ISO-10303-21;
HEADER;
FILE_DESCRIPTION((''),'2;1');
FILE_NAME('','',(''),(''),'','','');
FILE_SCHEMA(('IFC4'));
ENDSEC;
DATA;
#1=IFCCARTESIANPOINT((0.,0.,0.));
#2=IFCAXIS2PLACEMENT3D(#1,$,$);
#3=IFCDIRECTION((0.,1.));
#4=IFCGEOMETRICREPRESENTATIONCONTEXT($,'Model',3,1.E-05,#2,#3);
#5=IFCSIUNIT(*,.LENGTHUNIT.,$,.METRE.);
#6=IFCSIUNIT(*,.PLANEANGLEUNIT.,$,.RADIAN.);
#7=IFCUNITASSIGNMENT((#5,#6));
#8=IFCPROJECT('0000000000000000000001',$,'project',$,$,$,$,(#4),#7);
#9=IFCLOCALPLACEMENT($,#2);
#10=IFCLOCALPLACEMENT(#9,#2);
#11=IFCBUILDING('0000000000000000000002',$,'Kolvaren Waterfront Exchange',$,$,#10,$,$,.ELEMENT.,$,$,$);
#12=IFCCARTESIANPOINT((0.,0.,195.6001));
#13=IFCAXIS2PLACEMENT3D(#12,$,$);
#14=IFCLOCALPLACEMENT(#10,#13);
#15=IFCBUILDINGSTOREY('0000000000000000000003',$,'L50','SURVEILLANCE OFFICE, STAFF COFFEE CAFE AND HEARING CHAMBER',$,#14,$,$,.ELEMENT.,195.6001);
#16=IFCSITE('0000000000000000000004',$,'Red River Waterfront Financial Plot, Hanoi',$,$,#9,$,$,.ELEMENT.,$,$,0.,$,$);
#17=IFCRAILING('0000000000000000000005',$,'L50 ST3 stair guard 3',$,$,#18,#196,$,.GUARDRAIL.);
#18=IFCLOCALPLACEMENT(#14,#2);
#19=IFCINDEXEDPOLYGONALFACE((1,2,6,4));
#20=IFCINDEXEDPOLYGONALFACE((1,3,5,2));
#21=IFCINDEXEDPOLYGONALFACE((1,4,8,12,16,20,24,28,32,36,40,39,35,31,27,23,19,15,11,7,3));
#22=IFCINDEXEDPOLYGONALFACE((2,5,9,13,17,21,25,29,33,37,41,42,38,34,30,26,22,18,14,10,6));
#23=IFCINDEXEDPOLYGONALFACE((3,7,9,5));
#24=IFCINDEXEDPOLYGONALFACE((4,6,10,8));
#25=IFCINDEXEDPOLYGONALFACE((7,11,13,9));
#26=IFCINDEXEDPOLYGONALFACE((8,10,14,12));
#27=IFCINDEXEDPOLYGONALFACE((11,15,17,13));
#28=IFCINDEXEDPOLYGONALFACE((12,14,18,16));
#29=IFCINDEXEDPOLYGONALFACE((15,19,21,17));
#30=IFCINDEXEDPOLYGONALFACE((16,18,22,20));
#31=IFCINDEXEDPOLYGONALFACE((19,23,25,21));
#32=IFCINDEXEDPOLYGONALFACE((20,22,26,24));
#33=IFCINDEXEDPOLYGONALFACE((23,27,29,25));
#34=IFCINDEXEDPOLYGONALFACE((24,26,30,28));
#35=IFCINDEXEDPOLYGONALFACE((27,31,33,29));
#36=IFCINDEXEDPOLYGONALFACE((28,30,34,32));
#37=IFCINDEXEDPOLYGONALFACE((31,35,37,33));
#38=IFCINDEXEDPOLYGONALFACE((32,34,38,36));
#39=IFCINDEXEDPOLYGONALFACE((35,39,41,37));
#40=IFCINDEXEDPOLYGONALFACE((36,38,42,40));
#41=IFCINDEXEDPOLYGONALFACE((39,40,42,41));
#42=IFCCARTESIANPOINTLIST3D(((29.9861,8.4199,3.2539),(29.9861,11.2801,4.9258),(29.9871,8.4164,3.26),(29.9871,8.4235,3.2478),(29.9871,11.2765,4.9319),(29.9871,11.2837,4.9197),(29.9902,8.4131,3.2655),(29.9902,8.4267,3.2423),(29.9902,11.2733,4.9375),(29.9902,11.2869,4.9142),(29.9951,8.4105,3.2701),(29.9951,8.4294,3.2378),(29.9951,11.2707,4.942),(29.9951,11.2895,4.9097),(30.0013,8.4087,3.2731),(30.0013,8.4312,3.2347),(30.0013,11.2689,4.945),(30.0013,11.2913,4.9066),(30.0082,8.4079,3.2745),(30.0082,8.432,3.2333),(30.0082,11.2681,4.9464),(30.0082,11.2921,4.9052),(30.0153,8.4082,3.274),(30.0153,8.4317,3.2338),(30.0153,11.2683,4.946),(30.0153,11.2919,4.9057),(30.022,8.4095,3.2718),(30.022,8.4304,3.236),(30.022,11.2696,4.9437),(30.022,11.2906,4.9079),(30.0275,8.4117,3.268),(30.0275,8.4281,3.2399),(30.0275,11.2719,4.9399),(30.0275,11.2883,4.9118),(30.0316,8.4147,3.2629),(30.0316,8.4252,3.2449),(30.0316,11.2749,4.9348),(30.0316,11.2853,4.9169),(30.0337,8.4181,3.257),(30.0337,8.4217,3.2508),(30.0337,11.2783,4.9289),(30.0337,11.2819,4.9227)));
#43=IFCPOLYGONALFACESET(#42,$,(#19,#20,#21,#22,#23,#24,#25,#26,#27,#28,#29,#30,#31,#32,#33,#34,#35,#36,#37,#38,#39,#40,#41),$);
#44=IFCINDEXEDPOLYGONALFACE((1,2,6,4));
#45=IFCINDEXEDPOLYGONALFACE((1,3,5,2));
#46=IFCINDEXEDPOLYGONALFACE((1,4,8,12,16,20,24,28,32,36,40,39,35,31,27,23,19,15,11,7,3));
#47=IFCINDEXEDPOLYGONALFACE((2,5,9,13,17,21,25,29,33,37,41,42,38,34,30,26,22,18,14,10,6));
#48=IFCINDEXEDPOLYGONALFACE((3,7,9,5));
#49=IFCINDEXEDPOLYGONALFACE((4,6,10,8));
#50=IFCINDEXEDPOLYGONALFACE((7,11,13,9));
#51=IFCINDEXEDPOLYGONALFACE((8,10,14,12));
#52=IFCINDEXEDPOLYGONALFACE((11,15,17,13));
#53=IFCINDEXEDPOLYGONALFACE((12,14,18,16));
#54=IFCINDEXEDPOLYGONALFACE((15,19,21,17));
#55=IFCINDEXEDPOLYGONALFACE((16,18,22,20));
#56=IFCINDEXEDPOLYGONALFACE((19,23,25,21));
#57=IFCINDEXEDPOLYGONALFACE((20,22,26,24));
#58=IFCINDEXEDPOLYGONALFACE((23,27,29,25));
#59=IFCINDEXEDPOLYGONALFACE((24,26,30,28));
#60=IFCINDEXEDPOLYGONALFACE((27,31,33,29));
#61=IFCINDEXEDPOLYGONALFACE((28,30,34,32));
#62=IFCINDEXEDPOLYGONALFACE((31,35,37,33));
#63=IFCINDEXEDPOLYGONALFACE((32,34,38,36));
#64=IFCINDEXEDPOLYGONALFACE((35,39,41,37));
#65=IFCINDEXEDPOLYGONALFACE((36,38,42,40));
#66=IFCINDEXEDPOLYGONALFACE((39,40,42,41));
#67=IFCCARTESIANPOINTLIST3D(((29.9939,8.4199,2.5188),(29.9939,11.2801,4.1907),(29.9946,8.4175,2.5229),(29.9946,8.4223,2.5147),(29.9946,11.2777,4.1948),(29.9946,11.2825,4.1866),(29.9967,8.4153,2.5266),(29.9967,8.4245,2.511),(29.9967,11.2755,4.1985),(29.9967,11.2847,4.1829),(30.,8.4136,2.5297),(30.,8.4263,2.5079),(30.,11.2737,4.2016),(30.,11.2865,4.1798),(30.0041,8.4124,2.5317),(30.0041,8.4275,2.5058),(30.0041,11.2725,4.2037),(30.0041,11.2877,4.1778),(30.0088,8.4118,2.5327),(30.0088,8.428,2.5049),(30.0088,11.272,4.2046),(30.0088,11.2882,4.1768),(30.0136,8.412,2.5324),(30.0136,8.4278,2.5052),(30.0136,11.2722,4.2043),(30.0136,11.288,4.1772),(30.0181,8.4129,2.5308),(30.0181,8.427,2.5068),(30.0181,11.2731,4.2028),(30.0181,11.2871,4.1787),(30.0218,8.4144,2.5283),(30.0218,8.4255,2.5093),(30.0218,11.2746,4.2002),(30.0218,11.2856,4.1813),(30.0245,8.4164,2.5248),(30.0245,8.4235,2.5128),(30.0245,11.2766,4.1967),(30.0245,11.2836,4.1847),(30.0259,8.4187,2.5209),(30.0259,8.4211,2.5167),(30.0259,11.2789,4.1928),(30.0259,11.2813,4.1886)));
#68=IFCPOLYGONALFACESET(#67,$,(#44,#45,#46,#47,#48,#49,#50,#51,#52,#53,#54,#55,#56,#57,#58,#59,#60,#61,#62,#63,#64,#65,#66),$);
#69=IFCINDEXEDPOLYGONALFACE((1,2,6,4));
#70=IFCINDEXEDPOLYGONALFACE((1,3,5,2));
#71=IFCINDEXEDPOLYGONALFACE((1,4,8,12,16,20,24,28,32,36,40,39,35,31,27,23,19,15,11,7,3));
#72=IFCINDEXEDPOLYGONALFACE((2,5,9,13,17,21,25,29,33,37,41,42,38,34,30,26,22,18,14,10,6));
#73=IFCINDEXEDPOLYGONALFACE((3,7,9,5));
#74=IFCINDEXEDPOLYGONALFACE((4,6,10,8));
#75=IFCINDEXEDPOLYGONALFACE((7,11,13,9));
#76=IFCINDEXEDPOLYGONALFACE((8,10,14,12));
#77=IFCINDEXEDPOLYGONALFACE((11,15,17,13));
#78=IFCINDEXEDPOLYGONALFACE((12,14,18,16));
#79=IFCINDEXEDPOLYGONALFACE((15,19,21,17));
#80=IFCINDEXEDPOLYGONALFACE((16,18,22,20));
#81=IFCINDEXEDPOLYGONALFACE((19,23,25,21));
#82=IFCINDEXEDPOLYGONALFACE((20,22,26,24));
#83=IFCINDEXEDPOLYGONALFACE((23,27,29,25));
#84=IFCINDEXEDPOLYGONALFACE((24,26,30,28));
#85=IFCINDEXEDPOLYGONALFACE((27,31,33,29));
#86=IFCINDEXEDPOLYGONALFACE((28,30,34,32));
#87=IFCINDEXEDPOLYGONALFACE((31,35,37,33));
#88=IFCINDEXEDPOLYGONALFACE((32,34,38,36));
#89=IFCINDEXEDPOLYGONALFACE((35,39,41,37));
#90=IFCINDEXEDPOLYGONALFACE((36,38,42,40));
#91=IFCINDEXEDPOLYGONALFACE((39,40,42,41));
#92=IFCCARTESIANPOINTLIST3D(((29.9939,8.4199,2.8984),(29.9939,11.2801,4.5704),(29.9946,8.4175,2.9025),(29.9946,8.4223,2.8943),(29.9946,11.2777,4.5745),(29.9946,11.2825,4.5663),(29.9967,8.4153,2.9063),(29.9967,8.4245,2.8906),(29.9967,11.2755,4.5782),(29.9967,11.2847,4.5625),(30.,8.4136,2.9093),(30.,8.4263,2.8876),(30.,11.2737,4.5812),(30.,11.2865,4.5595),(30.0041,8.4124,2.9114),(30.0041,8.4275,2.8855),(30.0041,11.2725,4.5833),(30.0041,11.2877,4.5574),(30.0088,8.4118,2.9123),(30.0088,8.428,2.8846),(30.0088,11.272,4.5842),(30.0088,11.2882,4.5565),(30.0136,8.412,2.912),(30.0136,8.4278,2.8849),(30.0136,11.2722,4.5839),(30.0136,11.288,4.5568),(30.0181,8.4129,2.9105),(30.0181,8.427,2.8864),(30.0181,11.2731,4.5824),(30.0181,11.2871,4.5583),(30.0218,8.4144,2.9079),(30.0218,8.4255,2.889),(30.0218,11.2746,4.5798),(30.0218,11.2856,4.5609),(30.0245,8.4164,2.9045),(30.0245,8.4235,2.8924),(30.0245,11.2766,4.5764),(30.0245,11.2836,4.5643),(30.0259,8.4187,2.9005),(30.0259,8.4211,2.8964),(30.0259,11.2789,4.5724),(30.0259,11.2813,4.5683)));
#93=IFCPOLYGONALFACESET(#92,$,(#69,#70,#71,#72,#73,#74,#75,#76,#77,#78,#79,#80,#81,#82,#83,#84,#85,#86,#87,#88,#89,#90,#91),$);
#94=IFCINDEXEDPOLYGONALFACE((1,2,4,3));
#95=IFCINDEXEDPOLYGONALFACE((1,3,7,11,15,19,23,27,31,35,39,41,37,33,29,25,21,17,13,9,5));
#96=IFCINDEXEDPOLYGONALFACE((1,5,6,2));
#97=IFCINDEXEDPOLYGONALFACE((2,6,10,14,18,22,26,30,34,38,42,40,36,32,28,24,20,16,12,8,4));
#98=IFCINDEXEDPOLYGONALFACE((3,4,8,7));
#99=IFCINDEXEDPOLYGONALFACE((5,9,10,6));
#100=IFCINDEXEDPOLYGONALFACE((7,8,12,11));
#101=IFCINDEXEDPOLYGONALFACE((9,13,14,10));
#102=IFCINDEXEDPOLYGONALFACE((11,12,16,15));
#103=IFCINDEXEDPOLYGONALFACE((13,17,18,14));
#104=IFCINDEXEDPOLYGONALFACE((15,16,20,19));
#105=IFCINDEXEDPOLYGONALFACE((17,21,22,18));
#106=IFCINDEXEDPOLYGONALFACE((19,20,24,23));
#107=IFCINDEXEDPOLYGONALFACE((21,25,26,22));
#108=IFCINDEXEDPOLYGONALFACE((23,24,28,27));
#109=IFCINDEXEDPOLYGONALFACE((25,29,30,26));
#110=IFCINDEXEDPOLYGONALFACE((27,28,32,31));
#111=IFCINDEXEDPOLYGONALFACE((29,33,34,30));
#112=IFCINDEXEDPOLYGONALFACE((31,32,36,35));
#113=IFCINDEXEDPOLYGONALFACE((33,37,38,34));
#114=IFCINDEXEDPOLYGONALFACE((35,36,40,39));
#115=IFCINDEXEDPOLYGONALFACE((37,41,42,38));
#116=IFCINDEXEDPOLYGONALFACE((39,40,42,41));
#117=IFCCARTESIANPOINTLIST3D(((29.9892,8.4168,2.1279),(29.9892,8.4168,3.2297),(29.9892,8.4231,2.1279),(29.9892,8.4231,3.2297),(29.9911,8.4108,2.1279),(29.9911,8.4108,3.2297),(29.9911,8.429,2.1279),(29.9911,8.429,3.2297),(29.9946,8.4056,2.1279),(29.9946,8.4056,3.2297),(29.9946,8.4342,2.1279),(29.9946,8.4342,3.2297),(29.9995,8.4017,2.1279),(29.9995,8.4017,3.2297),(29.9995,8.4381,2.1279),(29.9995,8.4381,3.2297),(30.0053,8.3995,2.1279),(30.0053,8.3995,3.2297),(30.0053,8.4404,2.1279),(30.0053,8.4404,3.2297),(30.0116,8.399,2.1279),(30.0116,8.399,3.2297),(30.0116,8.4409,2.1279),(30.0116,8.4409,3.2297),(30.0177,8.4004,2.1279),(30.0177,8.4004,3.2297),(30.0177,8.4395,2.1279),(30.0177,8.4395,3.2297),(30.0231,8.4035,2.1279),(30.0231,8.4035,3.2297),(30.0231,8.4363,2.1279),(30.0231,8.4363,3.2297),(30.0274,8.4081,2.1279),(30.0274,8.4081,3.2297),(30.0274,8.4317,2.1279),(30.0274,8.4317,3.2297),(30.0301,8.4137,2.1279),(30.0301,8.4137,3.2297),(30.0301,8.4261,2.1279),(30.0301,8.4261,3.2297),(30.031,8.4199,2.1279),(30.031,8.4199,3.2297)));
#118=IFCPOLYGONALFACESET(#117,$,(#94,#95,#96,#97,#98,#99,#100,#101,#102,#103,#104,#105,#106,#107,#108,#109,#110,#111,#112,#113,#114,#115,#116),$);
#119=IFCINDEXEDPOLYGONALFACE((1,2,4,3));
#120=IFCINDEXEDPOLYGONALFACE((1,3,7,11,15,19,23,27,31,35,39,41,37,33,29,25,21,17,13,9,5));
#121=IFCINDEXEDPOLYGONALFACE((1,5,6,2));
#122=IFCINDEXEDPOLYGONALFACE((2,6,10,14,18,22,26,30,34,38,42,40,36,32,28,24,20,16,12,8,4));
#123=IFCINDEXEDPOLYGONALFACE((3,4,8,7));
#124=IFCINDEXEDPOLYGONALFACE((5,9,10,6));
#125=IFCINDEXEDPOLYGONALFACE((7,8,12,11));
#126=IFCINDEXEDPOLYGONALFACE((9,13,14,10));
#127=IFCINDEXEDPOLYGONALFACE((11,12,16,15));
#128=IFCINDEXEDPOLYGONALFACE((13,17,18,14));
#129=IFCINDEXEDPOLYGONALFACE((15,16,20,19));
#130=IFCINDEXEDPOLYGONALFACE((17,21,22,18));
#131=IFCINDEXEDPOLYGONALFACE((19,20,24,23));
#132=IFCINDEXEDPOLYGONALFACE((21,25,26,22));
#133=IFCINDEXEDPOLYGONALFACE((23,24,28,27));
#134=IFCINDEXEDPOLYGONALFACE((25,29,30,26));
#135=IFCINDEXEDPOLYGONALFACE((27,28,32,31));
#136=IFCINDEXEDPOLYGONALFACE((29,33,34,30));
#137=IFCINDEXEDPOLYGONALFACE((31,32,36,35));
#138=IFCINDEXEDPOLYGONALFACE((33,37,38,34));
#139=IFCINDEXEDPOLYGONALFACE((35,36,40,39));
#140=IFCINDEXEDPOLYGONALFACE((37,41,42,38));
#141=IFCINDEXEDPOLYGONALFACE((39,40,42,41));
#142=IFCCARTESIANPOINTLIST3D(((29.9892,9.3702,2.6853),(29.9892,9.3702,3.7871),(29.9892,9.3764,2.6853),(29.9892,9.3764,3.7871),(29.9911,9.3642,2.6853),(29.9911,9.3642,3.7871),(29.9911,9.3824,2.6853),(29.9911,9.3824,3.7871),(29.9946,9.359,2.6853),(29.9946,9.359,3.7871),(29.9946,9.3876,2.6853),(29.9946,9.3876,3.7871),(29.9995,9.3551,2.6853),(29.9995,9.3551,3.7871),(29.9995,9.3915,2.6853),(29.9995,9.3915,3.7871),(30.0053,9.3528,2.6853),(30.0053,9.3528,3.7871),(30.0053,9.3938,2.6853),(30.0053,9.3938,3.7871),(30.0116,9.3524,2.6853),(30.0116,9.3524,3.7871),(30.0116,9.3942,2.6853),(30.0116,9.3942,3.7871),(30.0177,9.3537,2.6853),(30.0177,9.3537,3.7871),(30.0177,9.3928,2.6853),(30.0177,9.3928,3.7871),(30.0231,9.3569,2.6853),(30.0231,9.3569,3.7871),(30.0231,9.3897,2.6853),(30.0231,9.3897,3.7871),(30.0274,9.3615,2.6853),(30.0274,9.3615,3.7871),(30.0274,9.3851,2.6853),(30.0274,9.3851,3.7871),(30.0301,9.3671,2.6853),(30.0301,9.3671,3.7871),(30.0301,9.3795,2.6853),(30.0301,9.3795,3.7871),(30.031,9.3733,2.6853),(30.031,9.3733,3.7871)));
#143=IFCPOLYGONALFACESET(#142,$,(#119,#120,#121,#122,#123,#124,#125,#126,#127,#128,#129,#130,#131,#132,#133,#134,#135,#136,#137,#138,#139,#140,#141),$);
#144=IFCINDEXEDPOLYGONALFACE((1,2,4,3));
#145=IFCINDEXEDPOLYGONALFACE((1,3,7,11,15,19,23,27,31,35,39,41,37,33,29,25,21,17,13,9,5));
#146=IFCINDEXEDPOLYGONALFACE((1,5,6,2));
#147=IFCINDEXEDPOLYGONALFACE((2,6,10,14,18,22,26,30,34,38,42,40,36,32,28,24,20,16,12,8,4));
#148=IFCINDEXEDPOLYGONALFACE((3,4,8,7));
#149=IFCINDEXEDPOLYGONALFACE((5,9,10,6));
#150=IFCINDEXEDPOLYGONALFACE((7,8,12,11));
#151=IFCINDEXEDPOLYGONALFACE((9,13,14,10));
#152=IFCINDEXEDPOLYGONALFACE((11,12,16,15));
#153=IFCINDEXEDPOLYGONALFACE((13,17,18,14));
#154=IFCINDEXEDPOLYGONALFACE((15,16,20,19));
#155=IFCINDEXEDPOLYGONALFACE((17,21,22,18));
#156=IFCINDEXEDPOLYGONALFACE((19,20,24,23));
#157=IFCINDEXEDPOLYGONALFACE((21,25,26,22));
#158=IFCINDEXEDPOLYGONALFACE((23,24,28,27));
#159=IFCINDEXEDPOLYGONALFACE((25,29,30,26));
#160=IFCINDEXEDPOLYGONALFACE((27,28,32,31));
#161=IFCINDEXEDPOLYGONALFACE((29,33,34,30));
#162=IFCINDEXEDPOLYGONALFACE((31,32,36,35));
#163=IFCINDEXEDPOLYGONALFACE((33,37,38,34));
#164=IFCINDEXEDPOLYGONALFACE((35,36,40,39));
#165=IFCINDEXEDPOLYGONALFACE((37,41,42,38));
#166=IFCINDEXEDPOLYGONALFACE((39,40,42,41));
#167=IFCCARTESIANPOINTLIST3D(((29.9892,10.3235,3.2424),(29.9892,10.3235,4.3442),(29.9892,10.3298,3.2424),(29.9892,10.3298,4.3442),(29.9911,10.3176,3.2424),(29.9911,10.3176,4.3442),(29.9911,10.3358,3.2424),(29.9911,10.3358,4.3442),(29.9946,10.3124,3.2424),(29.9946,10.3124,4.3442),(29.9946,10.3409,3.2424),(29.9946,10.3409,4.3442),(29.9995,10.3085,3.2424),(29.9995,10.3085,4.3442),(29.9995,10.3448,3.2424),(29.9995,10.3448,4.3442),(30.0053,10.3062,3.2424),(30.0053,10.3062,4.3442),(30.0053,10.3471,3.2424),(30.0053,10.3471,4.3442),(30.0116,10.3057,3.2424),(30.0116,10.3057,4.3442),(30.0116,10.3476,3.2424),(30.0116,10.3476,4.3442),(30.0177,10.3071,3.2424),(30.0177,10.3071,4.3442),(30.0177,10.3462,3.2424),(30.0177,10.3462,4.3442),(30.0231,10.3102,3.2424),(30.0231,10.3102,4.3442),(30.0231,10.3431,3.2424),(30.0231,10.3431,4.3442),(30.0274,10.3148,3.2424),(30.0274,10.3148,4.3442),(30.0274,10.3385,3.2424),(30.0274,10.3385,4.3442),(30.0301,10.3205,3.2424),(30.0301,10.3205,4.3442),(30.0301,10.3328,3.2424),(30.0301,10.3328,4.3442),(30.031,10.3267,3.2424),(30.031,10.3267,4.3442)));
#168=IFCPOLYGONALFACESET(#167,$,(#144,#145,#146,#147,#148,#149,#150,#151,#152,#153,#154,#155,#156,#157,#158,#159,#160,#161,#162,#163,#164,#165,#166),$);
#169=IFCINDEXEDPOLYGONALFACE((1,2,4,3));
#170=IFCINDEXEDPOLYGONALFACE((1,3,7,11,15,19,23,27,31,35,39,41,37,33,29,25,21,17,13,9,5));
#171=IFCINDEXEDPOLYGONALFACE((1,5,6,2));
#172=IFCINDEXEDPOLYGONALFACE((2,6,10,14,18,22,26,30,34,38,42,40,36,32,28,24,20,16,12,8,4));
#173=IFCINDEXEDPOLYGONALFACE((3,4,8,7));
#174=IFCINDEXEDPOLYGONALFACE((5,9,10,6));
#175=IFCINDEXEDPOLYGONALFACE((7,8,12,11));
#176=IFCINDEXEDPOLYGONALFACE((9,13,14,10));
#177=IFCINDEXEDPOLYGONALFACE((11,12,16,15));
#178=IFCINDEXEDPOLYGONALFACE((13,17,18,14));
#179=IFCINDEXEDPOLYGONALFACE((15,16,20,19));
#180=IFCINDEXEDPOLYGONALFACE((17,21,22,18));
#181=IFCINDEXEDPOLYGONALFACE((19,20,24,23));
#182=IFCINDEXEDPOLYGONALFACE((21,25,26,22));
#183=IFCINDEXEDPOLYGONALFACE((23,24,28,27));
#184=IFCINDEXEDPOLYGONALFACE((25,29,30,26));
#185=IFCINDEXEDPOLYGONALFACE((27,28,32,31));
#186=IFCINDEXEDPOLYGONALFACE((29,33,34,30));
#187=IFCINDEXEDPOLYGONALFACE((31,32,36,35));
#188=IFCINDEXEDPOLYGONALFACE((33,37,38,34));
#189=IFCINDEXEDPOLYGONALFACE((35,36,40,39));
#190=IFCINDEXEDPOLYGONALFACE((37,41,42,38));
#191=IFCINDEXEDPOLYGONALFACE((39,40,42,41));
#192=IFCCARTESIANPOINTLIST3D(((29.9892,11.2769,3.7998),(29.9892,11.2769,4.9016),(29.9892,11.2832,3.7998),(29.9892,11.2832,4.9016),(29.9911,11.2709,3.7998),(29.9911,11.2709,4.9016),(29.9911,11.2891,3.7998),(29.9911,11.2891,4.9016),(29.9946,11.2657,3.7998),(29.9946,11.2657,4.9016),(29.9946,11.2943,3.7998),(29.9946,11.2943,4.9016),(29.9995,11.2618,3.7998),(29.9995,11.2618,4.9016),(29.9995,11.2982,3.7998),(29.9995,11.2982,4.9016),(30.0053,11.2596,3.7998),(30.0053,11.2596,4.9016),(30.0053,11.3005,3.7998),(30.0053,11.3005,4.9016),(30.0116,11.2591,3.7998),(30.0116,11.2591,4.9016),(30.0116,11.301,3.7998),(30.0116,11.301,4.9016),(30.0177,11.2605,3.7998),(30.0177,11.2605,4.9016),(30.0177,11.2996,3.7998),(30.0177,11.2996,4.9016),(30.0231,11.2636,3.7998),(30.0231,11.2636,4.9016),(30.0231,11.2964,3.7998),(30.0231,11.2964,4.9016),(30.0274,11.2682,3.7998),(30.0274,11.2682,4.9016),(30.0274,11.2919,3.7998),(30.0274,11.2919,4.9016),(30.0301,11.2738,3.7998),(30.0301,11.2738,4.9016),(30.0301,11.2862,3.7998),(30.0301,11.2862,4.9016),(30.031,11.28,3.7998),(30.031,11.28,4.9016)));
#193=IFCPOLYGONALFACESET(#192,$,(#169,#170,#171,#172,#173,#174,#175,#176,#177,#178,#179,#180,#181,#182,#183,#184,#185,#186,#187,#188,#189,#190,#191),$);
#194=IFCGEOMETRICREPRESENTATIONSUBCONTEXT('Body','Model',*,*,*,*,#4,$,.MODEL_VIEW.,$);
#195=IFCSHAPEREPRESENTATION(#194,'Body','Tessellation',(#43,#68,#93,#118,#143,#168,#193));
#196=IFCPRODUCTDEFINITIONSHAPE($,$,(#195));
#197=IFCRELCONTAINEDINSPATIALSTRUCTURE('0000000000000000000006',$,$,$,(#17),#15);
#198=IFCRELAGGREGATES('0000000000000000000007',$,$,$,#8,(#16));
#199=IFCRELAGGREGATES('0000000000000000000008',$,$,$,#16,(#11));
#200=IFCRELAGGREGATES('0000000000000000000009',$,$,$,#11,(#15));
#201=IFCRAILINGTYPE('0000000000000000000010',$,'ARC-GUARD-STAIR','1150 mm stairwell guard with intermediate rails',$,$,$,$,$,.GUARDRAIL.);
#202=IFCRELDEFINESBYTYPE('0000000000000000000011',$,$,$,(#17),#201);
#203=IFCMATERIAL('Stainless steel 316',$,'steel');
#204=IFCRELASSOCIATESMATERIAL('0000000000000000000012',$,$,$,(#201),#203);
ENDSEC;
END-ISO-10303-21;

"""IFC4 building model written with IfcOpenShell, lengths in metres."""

from ifc_helpers import new_model, si_unit, direction, frame, origin, origin_2d, place, context, subcontext, project, spatial, circle, extrude, material, type_object, element, save


model = new_model("IFC4")

# Units and contexts
model_context = context("Model", 3, precision=1e-05, world=origin(), true_north=direction((0.0, 1.0)))
body_context = subcontext(model_context, "Body", "Model", "MODEL_VIEW")
ifc_project = project(units=[si_unit("LENGTHUNIT", "METRE"), si_unit("PLANEANGLEUNIT", "RADIAN")], contexts=[model_context])

# Site, building, storey
site_placement = place(None, origin())
site = spatial("IfcSite", under=ifc_project, at=site_placement, Name="Red River Waterfront Financial Plot, Hanoi", CompositionType="ELEMENT", RefElevation=0.0)
building_placement = place(site_placement, origin())
building = spatial("IfcBuilding", under=site, at=building_placement, Name="Kolvaren Waterfront Exchange", CompositionType="ELEMENT")
storey_placement = place(building_placement, frame((0.0, 0.0, 195.6001)))
storey = spatial("IfcBuildingStorey", under=building, at=storey_placement, Name="L50", Description="SURVEILLANCE OFFICE, STAFF COFFEE CAFE AND HEARING CHAMBER", CompositionType="ELEMENT", Elevation=195.6001)

# Railing
ifc_material_1 = material(Name="Stainless steel 316", Category="steel")
railing_type_1 = type_object("IfcRailingType", Name="ARC-GUARD-STAIR", Description="1150 mm stairwell guard with intermediate rails", PredefinedType="GUARDRAIL", material=ifc_material_1)
railing_1_placement = place(storey_placement, frame((30.01, 8.4199, 2.1279)))
element("IfcRailing", 1, at=railing_1_placement, inside=storey, type_object=railing_type_1, Name="L50 ST3 stair guard 3", PredefinedType="GUARDRAIL", context=body_context, shape_type="SweptSolid", body=[
    extrude(circle(Radius=0.0239, at=origin_2d()), frame((0.0, 0.0, 1.126), z_axis=(0.0, 0.863321, 0.504654), x_axis=(-1.0, 0.0, 0.0)), (0.0, 0.0, 1.0), 3.313),
    extrude(circle(Radius=0.0161, at=origin_2d()), frame((0.0, 0.0, 0.3909), z_axis=(0.0, 0.863321, 0.504654), x_axis=(-1.0, 0.0, 0.0)), (0.0, 0.0, 1.0), 3.313),
    extrude(circle(Radius=0.0161, at=origin_2d()), frame((0.0, 0.0, 0.7705), z_axis=(0.0, 0.863321, 0.504654), x_axis=(-1.0, 0.0, 0.0)), (0.0, 0.0, 1.0), 3.313),
    extrude(circle(Radius=0.021, at=origin_2d()), origin(), (0.0, 0.0, 1.0), 1.1018),
    extrude(circle(Radius=0.021, at=origin_2d()), frame((0.0, 0.9534, 0.5574)), (0.0, 0.0, 1.0), 1.1018),
    extrude(circle(Radius=0.021, at=origin_2d()), frame((0.0, 1.9067, 1.1145)), (0.0, 0.0, 1.0), 1.1018),
    extrude(circle(Radius=0.021, at=origin_2d()), frame((0.0, 2.8601, 1.6719)), (0.0, 0.0, 1.0), 1.1018),
])

save(model, "model.ifc")
